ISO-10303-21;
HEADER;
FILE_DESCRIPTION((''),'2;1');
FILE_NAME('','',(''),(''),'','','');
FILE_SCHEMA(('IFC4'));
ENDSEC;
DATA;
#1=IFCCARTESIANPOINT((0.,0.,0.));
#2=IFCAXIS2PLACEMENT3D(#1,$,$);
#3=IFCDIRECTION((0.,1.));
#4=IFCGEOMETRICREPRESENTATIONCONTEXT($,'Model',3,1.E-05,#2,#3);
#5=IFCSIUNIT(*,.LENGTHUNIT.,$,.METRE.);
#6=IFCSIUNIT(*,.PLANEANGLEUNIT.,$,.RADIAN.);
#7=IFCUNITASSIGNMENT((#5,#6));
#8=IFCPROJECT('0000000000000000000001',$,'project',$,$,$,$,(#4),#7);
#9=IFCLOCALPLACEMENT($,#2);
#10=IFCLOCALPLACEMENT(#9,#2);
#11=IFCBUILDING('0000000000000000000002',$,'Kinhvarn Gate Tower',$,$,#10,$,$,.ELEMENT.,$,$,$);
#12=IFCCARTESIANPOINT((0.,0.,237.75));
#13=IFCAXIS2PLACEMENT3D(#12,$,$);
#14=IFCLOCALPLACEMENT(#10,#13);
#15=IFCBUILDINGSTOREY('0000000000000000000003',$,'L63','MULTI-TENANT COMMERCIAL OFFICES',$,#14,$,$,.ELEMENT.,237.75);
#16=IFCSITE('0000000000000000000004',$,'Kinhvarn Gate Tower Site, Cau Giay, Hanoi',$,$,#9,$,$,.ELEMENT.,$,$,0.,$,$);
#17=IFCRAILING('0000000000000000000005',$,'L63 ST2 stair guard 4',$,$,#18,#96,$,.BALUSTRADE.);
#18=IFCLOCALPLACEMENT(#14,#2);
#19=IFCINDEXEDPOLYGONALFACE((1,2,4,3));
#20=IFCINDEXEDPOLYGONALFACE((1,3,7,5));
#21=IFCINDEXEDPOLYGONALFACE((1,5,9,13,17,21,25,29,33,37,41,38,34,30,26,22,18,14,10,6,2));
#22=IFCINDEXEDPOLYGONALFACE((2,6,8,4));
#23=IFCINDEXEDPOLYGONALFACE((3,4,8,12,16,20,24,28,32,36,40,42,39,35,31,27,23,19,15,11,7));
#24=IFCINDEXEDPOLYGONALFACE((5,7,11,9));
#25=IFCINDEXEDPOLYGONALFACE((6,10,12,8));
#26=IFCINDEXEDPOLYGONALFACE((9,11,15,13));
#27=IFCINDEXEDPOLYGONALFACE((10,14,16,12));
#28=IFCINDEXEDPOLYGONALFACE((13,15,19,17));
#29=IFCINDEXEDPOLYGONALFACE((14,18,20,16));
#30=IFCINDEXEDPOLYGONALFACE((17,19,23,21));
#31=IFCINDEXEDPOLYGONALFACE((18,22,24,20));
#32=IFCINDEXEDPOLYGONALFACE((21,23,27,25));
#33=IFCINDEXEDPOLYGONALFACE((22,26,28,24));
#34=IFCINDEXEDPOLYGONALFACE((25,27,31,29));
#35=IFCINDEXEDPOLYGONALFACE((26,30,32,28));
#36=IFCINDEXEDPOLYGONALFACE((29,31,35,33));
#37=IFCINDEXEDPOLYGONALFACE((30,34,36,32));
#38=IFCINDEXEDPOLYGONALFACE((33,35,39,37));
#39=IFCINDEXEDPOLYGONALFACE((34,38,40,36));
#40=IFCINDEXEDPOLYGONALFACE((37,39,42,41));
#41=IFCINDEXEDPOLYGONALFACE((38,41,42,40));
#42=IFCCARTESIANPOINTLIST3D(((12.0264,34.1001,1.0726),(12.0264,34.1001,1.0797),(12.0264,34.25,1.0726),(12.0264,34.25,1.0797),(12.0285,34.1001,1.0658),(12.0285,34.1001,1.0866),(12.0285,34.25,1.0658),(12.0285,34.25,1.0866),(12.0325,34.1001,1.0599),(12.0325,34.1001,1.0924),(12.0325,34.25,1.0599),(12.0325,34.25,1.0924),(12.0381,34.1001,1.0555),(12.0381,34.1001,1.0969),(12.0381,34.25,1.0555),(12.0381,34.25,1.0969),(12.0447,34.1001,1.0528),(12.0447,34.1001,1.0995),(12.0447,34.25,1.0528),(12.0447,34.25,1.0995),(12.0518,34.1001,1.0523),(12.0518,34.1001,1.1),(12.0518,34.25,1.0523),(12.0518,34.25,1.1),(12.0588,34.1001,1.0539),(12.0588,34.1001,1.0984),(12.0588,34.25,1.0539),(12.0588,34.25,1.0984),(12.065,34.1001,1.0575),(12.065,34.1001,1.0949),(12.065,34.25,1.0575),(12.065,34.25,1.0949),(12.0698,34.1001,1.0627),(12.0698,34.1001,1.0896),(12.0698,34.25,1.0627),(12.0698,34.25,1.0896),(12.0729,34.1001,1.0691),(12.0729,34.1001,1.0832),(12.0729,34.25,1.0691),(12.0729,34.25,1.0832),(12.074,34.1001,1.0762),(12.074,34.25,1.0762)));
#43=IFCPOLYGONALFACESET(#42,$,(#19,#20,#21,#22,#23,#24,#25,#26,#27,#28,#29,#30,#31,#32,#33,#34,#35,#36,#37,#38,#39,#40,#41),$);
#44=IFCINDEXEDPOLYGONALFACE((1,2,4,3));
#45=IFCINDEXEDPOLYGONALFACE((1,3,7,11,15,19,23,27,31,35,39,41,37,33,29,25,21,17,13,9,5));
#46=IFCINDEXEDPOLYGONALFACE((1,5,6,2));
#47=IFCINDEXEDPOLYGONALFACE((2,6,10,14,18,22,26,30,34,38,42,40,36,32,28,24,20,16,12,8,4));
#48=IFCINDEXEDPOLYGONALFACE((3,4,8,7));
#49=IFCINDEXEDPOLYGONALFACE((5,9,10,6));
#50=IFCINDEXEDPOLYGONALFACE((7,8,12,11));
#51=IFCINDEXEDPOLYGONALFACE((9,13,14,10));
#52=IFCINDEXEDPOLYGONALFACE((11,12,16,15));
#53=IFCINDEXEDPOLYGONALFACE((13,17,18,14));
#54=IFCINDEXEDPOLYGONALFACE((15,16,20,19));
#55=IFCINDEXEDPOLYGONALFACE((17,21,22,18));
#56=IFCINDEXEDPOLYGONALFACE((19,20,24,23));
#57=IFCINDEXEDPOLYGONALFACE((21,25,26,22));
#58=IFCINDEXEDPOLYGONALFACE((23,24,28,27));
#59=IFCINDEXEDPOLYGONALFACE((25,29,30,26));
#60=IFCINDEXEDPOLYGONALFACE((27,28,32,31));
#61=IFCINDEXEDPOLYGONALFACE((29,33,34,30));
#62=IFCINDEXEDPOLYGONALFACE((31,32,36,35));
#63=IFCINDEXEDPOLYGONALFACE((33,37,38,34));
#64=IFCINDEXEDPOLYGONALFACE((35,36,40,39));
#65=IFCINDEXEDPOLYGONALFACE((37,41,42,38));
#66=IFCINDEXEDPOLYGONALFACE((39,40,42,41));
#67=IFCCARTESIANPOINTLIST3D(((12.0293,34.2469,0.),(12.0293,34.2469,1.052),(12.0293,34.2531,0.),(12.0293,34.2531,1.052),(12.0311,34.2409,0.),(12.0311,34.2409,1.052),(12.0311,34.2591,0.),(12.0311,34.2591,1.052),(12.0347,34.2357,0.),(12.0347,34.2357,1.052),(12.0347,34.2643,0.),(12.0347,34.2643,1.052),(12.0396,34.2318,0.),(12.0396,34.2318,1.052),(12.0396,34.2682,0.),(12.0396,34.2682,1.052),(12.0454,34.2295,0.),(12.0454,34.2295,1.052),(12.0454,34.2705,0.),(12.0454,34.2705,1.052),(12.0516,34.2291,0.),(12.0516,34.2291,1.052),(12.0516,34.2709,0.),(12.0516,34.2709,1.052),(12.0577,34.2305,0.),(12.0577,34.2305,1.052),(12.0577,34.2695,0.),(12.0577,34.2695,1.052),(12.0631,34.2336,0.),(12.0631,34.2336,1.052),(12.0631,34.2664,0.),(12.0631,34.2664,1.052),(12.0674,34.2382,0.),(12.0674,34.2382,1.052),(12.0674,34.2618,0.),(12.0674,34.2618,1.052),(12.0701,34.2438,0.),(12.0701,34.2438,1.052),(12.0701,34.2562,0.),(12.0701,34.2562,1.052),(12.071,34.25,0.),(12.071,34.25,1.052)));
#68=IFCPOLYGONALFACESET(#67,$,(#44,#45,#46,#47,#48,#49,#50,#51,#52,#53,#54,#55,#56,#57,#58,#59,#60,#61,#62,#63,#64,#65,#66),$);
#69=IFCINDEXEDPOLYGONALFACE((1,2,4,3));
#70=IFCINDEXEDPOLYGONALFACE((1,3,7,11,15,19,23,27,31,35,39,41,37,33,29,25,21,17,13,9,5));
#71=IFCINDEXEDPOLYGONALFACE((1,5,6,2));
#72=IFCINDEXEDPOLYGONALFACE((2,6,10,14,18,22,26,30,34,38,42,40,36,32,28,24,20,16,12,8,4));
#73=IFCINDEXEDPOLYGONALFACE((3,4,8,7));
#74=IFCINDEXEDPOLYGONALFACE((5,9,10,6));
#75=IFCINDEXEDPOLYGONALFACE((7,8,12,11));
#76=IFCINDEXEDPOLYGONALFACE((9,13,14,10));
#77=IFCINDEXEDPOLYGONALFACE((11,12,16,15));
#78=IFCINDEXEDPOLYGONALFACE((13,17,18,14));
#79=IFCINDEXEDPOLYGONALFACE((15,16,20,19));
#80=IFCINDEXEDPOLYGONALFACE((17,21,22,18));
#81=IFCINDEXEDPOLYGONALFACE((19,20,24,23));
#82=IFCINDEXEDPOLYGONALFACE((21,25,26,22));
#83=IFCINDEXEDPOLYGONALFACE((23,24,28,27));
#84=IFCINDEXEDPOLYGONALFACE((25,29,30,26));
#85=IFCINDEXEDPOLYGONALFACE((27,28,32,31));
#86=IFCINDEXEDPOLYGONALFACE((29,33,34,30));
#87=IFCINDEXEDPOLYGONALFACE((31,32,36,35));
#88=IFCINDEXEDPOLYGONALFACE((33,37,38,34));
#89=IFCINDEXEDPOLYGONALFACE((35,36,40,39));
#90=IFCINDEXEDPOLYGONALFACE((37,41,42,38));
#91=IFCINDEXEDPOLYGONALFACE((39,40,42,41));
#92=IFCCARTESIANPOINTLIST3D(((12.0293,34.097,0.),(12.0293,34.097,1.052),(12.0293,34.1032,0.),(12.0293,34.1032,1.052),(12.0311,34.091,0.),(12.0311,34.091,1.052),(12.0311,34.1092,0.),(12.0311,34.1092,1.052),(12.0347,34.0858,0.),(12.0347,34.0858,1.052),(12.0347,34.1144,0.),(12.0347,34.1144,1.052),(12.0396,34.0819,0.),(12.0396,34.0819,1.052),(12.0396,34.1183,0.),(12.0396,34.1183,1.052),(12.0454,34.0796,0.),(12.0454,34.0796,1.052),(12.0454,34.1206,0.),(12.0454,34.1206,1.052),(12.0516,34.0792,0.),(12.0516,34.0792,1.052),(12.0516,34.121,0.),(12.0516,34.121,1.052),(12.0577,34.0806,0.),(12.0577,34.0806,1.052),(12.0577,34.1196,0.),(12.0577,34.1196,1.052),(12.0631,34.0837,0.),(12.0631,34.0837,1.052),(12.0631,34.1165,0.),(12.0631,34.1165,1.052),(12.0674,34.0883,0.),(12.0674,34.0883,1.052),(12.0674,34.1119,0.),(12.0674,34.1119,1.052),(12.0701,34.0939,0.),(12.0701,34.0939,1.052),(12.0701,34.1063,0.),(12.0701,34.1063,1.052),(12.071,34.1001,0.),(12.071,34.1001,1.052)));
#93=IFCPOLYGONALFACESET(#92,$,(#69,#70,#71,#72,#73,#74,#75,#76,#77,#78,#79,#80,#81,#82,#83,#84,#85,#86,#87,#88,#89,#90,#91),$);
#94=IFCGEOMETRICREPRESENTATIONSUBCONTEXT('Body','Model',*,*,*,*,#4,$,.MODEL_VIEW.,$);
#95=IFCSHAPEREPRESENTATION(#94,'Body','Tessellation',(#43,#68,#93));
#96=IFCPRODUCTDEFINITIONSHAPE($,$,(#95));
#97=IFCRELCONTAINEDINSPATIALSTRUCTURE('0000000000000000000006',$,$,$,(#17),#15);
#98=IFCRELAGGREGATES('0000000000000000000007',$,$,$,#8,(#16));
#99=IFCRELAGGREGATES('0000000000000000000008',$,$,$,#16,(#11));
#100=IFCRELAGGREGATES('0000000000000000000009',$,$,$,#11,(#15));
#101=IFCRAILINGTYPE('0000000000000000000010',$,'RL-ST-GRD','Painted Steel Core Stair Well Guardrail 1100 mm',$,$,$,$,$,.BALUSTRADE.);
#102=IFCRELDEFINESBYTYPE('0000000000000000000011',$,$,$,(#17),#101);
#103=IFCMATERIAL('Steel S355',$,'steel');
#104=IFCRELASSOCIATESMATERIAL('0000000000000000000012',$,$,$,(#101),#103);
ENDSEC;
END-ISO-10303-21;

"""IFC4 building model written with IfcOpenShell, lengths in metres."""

from ifc_helpers import new_model, si_unit, direction, frame, origin, origin_2d, place, context, subcontext, project, spatial, circle, extrude, material, type_object, element, save


model = new_model("IFC4")

# Units and contexts
model_context = context("Model", 3, precision=1e-05, world=origin(), true_north=direction((0.0, 1.0)))
body_context = subcontext(model_context, "Body", "Model", "MODEL_VIEW")
ifc_project = project(units=[si_unit("LENGTHUNIT", "METRE"), si_unit("PLANEANGLEUNIT", "RADIAN")], contexts=[model_context])

# Site, building, storey
site_placement = place(None, origin())
site = spatial("IfcSite", under=ifc_project, at=site_placement, Name="Kinhvarn Gate Tower Site, Cau Giay, Hanoi", CompositionType="ELEMENT", RefElevation=0.0)
building_placement = place(site_placement, origin())
building = spatial("IfcBuilding", under=site, at=building_placement, Name="Kinhvarn Gate Tower", CompositionType="ELEMENT")
storey_placement = place(building_placement, frame((0.0, 0.0, 237.75)))
storey = spatial("IfcBuildingStorey", under=building, at=storey_placement, Name="L63", Description="MULTI-TENANT COMMERCIAL OFFICES", CompositionType="ELEMENT", Elevation=237.75)

# Shared definitions
ifc_material_1 = material(Name="Steel S355", Category="steel")

# Railing
railing_type_1 = type_object("IfcRailingType", Name="RL-ST-GRD", Description="Painted Steel Core Stair Well Guardrail 1100 mm", PredefinedType="BALUSTRADE", material=ifc_material_1)
railing_1_placement = place(storey_placement, frame((12.05, 34.25, 0.0)))
element("IfcRailing", 1, at=railing_1_placement, inside=storey, type_object=railing_type_1, Name="L63 ST2 stair guard 4", PredefinedType="BALUSTRADE", context=body_context, shape_type="SweptSolid", body=[
    extrude(circle(Radius=0.0239, at=origin_2d()), frame((0.0, 0.0, 1.0762), z_axis=(0.0, -1.0, 0.0), x_axis=(1.0, 0.0, 0.0)), (0.0, 0.0, 1.0), 0.1499),
    extrude(circle(Radius=0.021, at=origin_2d()), origin(), (0.0, 0.0, 1.0), 1.052),
    extrude(circle(Radius=0.021, at=origin_2d()), frame((0.0, -0.1499, 0.0)), (0.0, 0.0, 1.0), 1.052),
])

save(model, "model.ifc")
